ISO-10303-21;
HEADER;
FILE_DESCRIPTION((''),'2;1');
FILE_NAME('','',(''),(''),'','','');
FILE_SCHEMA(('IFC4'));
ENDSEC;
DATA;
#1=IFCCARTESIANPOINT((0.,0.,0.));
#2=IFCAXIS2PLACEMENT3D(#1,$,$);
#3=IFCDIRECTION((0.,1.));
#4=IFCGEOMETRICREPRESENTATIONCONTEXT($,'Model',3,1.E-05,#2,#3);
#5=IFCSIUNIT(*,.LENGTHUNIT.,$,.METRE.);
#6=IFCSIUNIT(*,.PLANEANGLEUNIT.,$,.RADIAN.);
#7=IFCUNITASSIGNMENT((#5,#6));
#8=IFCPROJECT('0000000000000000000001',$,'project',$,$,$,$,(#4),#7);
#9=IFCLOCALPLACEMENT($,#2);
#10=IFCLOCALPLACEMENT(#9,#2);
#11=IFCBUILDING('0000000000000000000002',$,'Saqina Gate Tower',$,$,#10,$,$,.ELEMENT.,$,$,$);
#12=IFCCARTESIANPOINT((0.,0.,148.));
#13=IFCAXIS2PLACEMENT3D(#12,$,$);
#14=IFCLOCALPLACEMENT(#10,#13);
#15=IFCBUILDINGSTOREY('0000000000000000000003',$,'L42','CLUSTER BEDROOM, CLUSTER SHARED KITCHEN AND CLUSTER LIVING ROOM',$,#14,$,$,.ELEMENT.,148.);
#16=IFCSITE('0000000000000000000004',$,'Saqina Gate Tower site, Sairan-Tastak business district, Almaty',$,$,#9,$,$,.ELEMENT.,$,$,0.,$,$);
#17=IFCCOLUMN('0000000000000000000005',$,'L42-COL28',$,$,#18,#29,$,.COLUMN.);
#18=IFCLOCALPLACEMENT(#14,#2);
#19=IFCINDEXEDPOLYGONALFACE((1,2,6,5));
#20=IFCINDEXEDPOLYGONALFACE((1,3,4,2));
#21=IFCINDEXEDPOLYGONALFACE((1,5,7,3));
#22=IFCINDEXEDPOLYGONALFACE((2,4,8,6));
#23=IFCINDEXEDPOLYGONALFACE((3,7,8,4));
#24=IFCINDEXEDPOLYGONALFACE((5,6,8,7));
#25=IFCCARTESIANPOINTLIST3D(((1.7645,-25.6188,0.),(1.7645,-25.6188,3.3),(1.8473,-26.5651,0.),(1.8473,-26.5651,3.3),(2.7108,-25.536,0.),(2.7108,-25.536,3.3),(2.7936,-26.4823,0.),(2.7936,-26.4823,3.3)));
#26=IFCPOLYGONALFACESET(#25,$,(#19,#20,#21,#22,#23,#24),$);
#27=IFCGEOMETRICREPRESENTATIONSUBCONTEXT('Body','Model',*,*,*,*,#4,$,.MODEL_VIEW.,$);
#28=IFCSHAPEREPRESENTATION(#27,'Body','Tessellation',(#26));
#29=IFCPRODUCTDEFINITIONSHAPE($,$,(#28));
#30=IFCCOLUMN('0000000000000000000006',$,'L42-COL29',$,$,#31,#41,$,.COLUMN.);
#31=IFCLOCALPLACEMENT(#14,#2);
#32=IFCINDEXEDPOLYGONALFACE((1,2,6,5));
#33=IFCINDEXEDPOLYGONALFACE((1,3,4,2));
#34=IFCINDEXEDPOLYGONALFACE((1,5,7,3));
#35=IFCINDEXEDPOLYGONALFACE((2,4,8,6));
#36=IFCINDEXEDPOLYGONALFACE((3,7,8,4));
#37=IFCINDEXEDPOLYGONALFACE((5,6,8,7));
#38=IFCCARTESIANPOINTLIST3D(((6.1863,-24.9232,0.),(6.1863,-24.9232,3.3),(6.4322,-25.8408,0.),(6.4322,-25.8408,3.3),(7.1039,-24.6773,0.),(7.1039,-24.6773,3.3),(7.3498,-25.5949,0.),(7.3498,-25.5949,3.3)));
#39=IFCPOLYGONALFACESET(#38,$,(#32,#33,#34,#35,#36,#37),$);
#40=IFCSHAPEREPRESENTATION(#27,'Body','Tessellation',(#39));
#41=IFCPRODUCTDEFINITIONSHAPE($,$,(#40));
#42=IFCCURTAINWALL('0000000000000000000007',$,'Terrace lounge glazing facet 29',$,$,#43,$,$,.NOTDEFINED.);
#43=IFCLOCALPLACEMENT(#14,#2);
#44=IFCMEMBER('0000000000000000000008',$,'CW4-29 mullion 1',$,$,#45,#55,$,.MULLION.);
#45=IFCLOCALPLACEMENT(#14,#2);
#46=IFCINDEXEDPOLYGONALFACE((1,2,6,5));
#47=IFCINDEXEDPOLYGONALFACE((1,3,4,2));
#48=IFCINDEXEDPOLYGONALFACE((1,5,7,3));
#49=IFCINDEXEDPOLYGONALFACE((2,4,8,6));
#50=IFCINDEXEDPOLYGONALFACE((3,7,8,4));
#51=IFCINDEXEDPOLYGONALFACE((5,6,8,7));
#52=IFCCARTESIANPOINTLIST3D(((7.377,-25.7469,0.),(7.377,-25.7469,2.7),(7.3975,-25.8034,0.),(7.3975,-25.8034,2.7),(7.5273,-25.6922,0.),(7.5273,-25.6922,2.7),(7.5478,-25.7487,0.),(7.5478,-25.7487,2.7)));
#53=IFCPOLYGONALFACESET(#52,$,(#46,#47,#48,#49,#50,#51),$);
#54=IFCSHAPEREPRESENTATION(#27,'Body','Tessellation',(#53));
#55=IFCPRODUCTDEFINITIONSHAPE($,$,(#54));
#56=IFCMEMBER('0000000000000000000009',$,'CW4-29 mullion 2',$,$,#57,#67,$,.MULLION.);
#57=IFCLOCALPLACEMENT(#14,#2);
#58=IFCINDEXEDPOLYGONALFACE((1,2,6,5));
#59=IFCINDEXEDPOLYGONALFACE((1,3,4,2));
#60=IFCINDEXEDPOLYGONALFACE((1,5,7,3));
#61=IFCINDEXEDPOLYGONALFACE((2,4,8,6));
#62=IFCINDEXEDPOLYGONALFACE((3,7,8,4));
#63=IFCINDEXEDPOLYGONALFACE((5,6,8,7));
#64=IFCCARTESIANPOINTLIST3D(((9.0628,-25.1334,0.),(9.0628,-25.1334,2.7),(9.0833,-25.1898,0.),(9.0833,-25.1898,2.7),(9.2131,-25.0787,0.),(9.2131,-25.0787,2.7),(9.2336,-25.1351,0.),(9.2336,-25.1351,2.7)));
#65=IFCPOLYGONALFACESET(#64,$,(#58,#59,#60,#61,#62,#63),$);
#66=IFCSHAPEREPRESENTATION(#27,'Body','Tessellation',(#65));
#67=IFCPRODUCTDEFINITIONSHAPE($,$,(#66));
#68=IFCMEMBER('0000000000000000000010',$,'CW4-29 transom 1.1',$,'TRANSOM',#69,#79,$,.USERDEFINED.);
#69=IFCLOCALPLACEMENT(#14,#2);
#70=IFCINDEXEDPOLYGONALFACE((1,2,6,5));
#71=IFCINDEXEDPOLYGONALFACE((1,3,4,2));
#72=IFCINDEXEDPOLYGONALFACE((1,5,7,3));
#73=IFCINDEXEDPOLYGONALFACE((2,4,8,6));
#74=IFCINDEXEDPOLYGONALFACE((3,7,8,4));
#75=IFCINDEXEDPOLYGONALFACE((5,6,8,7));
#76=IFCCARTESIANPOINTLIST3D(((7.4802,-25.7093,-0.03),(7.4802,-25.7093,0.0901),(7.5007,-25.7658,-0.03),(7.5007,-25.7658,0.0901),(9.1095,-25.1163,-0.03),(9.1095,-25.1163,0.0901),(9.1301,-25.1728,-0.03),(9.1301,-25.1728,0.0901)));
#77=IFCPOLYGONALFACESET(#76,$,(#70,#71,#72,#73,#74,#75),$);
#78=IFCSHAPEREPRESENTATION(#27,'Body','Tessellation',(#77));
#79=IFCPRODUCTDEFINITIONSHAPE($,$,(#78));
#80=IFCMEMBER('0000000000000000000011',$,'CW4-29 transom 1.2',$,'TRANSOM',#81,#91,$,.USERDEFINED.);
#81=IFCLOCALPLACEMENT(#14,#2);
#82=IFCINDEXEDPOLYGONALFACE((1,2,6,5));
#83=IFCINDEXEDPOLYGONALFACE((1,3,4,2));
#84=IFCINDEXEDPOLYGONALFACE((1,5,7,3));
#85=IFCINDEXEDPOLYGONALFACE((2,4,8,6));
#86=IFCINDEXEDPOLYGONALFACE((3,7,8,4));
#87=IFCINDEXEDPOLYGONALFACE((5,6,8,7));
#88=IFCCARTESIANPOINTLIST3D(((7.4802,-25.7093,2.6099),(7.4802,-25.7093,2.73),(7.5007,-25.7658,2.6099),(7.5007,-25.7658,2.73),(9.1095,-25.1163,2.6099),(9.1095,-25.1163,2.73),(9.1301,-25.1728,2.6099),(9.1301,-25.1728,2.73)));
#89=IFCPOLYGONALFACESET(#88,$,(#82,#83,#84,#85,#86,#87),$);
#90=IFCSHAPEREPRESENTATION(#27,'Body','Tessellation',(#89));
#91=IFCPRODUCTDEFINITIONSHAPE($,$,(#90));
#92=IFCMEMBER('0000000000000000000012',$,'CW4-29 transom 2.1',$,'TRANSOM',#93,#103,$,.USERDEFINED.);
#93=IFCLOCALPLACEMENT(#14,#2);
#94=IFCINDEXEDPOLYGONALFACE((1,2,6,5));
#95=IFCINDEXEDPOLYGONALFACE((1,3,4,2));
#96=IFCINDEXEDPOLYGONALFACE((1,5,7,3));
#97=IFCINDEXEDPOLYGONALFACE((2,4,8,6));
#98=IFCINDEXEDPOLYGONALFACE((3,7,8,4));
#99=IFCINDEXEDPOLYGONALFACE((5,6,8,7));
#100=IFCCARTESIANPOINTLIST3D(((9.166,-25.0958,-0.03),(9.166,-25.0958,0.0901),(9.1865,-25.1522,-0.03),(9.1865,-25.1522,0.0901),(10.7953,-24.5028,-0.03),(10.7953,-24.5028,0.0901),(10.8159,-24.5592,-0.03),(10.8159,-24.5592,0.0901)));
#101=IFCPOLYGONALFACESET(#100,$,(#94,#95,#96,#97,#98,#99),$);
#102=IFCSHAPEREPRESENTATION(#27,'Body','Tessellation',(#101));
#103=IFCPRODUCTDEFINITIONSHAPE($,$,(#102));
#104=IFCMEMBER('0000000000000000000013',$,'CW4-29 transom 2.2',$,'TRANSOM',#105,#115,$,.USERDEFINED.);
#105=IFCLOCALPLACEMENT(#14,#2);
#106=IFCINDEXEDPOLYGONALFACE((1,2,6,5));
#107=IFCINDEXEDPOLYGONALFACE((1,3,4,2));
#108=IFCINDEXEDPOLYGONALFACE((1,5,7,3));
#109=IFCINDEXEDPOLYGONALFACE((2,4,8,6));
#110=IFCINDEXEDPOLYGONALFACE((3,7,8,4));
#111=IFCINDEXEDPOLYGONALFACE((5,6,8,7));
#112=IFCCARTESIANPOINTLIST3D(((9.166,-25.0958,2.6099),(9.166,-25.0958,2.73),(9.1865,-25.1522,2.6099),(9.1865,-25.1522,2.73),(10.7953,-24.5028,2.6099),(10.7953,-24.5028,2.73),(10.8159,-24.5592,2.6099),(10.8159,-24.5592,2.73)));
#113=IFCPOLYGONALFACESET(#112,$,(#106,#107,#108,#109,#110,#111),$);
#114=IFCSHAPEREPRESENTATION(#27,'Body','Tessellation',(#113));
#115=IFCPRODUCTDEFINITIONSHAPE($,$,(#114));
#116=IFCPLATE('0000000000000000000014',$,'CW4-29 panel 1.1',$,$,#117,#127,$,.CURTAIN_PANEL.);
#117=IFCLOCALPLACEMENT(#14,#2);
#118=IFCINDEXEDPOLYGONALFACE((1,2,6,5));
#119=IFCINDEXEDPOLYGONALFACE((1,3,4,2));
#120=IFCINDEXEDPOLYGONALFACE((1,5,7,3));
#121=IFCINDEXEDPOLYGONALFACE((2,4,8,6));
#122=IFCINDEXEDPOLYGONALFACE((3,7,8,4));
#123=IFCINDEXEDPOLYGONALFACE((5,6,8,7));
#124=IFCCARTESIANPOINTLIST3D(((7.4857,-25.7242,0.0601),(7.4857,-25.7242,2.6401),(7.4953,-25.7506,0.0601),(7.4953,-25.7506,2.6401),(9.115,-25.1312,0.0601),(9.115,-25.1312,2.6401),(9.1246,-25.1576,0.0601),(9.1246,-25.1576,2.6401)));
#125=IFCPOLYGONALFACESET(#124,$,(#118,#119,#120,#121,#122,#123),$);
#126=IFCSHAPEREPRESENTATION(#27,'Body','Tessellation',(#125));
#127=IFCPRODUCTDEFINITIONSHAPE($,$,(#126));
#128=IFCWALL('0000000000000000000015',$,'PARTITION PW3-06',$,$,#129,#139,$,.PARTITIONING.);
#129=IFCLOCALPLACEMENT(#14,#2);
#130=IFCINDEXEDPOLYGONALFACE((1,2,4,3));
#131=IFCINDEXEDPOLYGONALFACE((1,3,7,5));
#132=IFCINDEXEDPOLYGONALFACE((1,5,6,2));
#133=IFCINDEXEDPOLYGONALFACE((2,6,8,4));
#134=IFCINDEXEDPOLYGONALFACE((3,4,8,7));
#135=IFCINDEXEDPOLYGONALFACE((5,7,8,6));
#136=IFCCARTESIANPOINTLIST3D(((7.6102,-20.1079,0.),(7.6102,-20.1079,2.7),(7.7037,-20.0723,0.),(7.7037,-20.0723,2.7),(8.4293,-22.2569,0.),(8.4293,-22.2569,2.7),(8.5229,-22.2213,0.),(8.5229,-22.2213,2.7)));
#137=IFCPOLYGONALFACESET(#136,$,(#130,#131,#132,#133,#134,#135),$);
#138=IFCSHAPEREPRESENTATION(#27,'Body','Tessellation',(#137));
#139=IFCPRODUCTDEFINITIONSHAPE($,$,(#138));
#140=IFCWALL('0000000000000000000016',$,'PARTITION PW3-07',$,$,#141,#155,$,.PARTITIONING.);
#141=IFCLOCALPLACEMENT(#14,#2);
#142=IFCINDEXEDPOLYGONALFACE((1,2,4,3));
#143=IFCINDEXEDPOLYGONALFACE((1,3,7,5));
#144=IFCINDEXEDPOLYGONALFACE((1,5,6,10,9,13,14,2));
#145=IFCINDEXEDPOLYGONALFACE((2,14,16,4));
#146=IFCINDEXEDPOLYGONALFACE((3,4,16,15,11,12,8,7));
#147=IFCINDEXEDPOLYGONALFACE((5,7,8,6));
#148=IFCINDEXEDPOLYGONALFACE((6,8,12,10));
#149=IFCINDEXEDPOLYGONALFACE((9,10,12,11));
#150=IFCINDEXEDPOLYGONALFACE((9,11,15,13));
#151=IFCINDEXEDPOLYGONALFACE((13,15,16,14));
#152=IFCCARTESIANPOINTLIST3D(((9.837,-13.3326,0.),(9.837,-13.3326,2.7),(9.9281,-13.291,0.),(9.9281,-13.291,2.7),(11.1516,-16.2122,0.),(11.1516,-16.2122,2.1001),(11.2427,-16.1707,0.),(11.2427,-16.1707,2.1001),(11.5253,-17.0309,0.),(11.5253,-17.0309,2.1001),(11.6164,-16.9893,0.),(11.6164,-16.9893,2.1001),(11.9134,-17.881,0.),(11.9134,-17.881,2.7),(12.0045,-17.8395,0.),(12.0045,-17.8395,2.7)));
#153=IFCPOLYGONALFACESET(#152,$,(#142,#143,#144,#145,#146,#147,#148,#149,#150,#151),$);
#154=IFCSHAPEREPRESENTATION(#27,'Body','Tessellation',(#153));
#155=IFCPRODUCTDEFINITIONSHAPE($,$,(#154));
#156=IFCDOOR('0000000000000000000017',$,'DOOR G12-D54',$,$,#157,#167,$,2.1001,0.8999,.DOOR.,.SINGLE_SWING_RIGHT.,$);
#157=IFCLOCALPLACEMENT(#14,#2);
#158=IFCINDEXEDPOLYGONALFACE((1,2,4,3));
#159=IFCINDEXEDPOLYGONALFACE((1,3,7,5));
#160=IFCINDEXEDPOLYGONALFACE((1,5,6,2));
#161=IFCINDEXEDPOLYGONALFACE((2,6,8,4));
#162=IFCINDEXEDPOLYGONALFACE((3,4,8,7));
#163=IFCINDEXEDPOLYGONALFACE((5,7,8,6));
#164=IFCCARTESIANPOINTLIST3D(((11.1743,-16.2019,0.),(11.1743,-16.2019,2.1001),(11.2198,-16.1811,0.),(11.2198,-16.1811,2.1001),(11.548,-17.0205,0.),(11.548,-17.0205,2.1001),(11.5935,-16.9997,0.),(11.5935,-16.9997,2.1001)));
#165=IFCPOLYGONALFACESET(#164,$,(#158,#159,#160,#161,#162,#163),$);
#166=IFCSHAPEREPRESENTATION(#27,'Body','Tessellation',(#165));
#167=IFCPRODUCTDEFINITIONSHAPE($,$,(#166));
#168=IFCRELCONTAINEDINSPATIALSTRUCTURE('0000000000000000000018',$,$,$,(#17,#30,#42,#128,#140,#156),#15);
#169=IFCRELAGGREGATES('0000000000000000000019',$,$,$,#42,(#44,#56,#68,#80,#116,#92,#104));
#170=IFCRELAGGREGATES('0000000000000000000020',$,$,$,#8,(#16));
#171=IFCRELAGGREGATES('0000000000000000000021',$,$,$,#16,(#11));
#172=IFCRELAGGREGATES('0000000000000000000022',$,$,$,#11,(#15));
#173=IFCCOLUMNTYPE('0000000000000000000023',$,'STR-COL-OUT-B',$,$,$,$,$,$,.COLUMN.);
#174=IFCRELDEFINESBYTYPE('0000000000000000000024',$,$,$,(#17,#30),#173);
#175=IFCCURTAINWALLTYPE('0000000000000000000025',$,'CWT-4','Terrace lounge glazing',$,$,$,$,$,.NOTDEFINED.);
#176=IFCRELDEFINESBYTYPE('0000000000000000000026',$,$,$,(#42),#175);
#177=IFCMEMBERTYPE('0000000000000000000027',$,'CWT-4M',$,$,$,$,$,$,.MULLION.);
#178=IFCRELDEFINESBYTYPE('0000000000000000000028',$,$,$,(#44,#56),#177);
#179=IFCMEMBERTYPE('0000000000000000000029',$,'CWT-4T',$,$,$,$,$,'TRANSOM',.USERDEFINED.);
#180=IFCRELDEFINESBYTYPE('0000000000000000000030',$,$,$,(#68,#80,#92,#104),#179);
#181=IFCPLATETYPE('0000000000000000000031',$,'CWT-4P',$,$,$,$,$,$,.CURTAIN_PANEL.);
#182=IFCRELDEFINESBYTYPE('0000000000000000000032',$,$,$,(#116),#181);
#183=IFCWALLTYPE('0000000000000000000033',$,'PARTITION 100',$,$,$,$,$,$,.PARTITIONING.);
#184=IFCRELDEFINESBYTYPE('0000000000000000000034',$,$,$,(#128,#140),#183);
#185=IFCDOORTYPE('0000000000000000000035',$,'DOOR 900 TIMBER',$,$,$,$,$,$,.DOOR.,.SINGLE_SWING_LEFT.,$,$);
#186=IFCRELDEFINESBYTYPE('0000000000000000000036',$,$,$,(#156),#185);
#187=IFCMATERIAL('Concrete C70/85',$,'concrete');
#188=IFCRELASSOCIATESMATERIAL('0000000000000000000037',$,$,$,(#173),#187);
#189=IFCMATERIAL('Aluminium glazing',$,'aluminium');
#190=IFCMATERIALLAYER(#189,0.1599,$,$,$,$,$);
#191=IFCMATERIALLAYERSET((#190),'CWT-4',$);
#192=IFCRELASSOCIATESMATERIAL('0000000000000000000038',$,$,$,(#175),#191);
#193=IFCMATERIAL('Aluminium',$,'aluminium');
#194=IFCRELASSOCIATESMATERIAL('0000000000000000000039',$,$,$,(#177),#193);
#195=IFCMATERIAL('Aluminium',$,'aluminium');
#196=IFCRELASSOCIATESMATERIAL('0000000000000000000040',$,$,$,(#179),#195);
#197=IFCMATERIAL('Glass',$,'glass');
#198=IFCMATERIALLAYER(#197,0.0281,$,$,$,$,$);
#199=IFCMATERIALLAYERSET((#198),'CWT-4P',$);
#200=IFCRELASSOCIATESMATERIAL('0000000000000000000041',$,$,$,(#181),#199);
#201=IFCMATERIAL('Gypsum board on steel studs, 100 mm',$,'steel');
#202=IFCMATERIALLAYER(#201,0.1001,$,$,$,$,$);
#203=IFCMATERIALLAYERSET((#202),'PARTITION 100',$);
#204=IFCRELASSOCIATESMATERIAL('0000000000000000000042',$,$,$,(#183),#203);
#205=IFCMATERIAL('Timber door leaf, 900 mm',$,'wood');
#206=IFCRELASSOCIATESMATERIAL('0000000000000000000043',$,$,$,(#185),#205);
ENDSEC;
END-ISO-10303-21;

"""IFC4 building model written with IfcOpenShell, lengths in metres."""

from ifc_helpers import new_model, si_unit, direction, frame, frame_2d, origin, origin_2d, place, context, subcontext, project, spatial, rectangle, extrude, material, layer, layer_set, material_profile, profile_set, type_object, element, fill, aggregate, save


model = new_model("IFC4")

# Units and contexts
model_context = context("Model", 3, precision=1e-05, world=origin(), true_north=direction((0.0, 1.0)))
body_context = subcontext(model_context, "Body", "Model", "MODEL_VIEW")
ifc_project = project(units=[si_unit("LENGTHUNIT", "METRE"), si_unit("PLANEANGLEUNIT", "RADIAN")], contexts=[model_context])

# Site, building, storey
site_placement = place(None, origin())
site = spatial("IfcSite", under=ifc_project, at=site_placement, Name="Saqina Gate Tower site, Sairan-Tastak business district, Almaty", CompositionType="ELEMENT", RefElevation=0.0)
building_placement = place(site_placement, origin())
building = spatial("IfcBuilding", under=site, at=building_placement, Name="Saqina Gate Tower", CompositionType="ELEMENT")
storey_placement = place(building_placement, frame((0.0, 0.0, 148.0)))
storey = spatial("IfcBuildingStorey", under=building, at=storey_placement, Name="L42", Description="CLUSTER BEDROOM, CLUSTER SHARED KITCHEN AND CLUSTER LIVING ROOM", CompositionType="ELEMENT", Elevation=148.0)

# Columns
ifc_material_1 = material(Name="Concrete C70/85", Category="concrete")
ifc_material_profile_1 = material_profile(ifc_material_1, rectangle(XDim=0.95, YDim=0.95, at=origin_2d()), Name="RC 950x950")
ifc_profile_set_1 = profile_set([ifc_material_profile_1], Name="Concrete C70/85")
column_type = type_object("IfcColumnType", Name="STR-COL-OUT-B", PredefinedType="COLUMN", material=ifc_profile_set_1)
for number, where, z_axis, x_axis, name in (
    (1, (2.2791, -26.0505, 0.0), (0.0, 0.0, 1.0), (0.087156, -0.996195, 0.0), "L42-COL28"),
    (2, (6.7681, -25.259, 0.0), (0.0, 0.0, 1.0), (0.258819, -0.965926, 0.0), "L42-COL29"),
):
    element("IfcColumn", number, at=place(storey_placement, frame(where, z_axis=z_axis, x_axis=x_axis)), inside=storey, type_object=column_type, Name=name, PredefinedType="COLUMN", context=body_context, shape_type="SweptSolid", body=[
        extrude(rectangle(XDim=0.95, YDim=0.95, at=origin_2d()), origin(), (0.0, 0.0, 1.0), 3.3),
    ])

# Curtain wall, members, plate
ifc_material_2 = material(Name="Aluminium glazing", Category="aluminium")
ifc_layer_1 = layer(ifc_material_2, 0.1599)
ifc_layer_set_1 = layer_set([ifc_layer_1], Name="CWT-4")
curtain_wall_type = type_object("IfcCurtainWallType", Name="CWT-4", Description="Terrace lounge glazing", PredefinedType="NOTDEFINED", material=ifc_layer_set_1)
curtain_wall_placement = place(storey_placement, origin())
curtain_wall = element("IfcCurtainWall", 3, at=curtain_wall_placement, inside=storey, type_object=curtain_wall_type, Name="Terrace lounge glazing facet 29", PredefinedType="NOTDEFINED")
ifc_material_3 = material(Name="Aluminium", Category="aluminium")
ifc_material_profile_2 = material_profile(ifc_material_3, rectangle(XDim=0.0601, YDim=0.1599, at=origin_2d()), Name="Aluminium 60x160")
ifc_profile_set_2 = profile_set([ifc_material_profile_2], Name="Aluminium")
member_type_1 = type_object("IfcMemberType", Name="CWT-4M", PredefinedType="MULLION", material=ifc_profile_set_2)
member_1_placement = place(storey_placement, frame((7.4624, -25.7478, 0.0), z_axis=(0.0, 0.0, 1.0), x_axis=(-0.342016, 0.939694, 0.0)))
member_1 = element("IfcMember", 4, at=member_1_placement, type_object=member_type_1, Name="CW4-29 mullion 1", PredefinedType="MULLION", context=body_context, shape_type="SweptSolid", body=[
    extrude(rectangle(XDim=0.0601, YDim=0.1599, at=origin_2d()), origin(), (0.0, 0.0, 1.0), 2.7),
])
member_2_placement = place(storey_placement, frame((9.1482, -25.1343, 0.0), z_axis=(0.0, 0.0, 1.0), x_axis=(-0.342016, 0.939694, 0.0)))
member_2 = element("IfcMember", 5, at=member_2_placement, type_object=member_type_1, Name="CW4-29 mullion 2", PredefinedType="MULLION", context=body_context, shape_type="SweptSolid", body=[
    extrude(rectangle(XDim=0.0601, YDim=0.1599, at=origin_2d()), origin(), (0.0, 0.0, 1.0), 2.7),
])
ifc_material_4 = material(Name="Aluminium", Category="aluminium")
ifc_material_profile_3 = material_profile(ifc_material_4, rectangle(XDim=0.0601, YDim=0.1201, at=origin_2d()), Name="Aluminium 60x120")
ifc_profile_set_3 = profile_set([ifc_material_profile_3], Name="Aluminium")
member_type_2 = type_object("IfcMemberType", Name="CWT-4T", ElementType="TRANSOM", PredefinedType="USERDEFINED", material=ifc_profile_set_3)
member_3_placement = place(storey_placement, frame((7.4905, -25.7375, 0.03), z_axis=(0.939699, 0.342003, 0.0), x_axis=(-0.342003, 0.939699, 0.0)))
member_3 = element("IfcMember", 6, at=member_3_placement, type_object=member_type_2, Name="CW4-29 transom 1.1", ObjectType="TRANSOM", PredefinedType="USERDEFINED", context=body_context, shape_type="SweptSolid", body=[
    extrude(rectangle(XDim=0.0601, YDim=0.1201, at=origin_2d()), origin(), (0.0, 0.0, 1.0), 1.7339),
])
member_4_placement = place(storey_placement, frame((7.4905, -25.7375, 2.6699), z_axis=(0.939699, 0.342003, 0.0), x_axis=(-0.342003, 0.939699, 0.0)))
member_4 = element("IfcMember", 7, at=member_4_placement, type_object=member_type_2, Name="CW4-29 transom 1.2", ObjectType="TRANSOM", PredefinedType="USERDEFINED", context=body_context, shape_type="SweptSolid", body=[
    extrude(rectangle(XDim=0.0601, YDim=0.1201, at=origin_2d()), origin(), (0.0, 0.0, 1.0), 1.7339),
])
member_5_placement = place(storey_placement, frame((9.1763, -25.124, 0.03), z_axis=(0.939699, 0.342003, 0.0), x_axis=(-0.342003, 0.939699, 0.0)))
member_5 = element("IfcMember", 8, at=member_5_placement, type_object=member_type_2, Name="CW4-29 transom 2.1", ObjectType="TRANSOM", PredefinedType="USERDEFINED", context=body_context, shape_type="SweptSolid", body=[
    extrude(rectangle(XDim=0.0601, YDim=0.1201, at=origin_2d()), origin(), (0.0, 0.0, 1.0), 1.7339),
])
member_6_placement = place(storey_placement, frame((9.1763, -25.124, 2.6699), z_axis=(0.939699, 0.342003, 0.0), x_axis=(-0.342003, 0.939699, 0.0)))
member_6 = element("IfcMember", 9, at=member_6_placement, type_object=member_type_2, Name="CW4-29 transom 2.2", ObjectType="TRANSOM", PredefinedType="USERDEFINED", context=body_context, shape_type="SweptSolid", body=[
    extrude(rectangle(XDim=0.0601, YDim=0.1201, at=origin_2d()), origin(), (0.0, 0.0, 1.0), 1.7339),
])
ifc_material_5 = material(Name="Glass", Category="glass")
ifc_layer_2 = layer(ifc_material_5, 0.0281)
ifc_layer_set_2 = layer_set([ifc_layer_2], Name="CWT-4P")
plate_type = type_object("IfcPlateType", Name="CWT-4P", PredefinedType="CURTAIN_PANEL", material=ifc_layer_set_2)
plate_placement = place(storey_placement, frame((8.3052, -25.4409, 0.0601), z_axis=(0.0, 0.0, 1.0), x_axis=(0.939694, 0.342016, 0.0)))
plate = element("IfcPlate", 10, at=plate_placement, type_object=plate_type, Name="CW4-29 panel 1.1", PredefinedType="CURTAIN_PANEL", context=body_context, shape_type="SweptSolid", body=[
    extrude(rectangle(XDim=1.7339, YDim=0.0281, at=origin_2d()), origin(), (0.0, 0.0, 1.0), 2.5801),
])
aggregate(curtain_wall, [member_1, member_2, member_3, member_4, plate, member_5, member_6])

# Wall
ifc_material_6 = material(Name="Gypsum board on steel studs, 100 mm", Category="steel")
ifc_layer_3 = layer(ifc_material_6, 0.1001)
ifc_layer_set_3 = layer_set([ifc_layer_3], Name="PARTITION 100")
wall_type_1 = type_object("IfcWallType", Name="PARTITION 100", PredefinedType="PARTITIONING", material=ifc_layer_set_3)
wall_1_placement = place(storey_placement, frame((7.657, -20.0901, 0.0), z_axis=(0.0, 0.0, 1.0), x_axis=(0.356167, -0.934422, 0.0)))
element("IfcWall", 11, at=wall_1_placement, inside=storey, type_object=wall_type_1, Name="PARTITION PW3-06", PredefinedType="PARTITIONING", context=body_context, shape_type="SweptSolid", body=[
    extrude(rectangle(XDim=2.2998, YDim=0.1001, at=frame_2d((1.1499, 0.0))), origin(), (0.0, 0.0, 1.0), 2.7),
])

# Wall, opening, door
wall_2_placement = place(storey_placement, frame((9.8826, -13.3118, 0.0), z_axis=(0.0, 0.0, 1.0), x_axis=(0.415274, -0.909696, 0.0)))
wall_2 = element("IfcWall", 12, at=wall_2_placement, inside=storey, type_object=wall_type_1, Name="PARTITION PW3-07", PredefinedType="PARTITIONING", context=body_context, shape_type="SweptSolid", body=[
    extrude(rectangle(XDim=5.0, YDim=0.1001, at=frame_2d((2.5, 0.0))), origin(), (0.0, 0.0, 1.0), 2.7),
])
opening_1_placement = place(wall_2_placement, frame((3.1655, 0.0, 0.0)))
opening_1 = element("IfcOpeningElement", 13, at=opening_1_placement, cuts=wall_2, PredefinedType="OPENING", context=body_context, shape_type="SweptSolid", body=[
    extrude(rectangle(XDim=0.8999, YDim=2.1001, at=frame_2d((0.45, 1.05))), frame((0.0, 0.062, 0.0), z_axis=(0.0, -1.0, 0.0), x_axis=(1.0, 0.0, 0.0)), (0.0, 0.0, 1.0), 0.124),
])
ifc_material_7 = material(Name="Timber door leaf, 900 mm", Category="wood")
door_type_1 = type_object("IfcDoorType", Name="DOOR 900 TIMBER", OperationType="SINGLE_SWING_LEFT", PredefinedType="DOOR", material=ifc_material_7)
door_1_placement = place(opening_1_placement, origin())
door_1 = element("IfcDoor", 14, at=door_1_placement, inside=storey, type_object=door_type_1, Name="DOOR G12-D54", OperationType="SINGLE_SWING_RIGHT", OverallHeight=2.1001, OverallWidth=0.8999, PredefinedType="DOOR", context=body_context, shape_type="SweptSolid", body=[
    extrude(rectangle(XDim=0.8999, YDim=2.1001, at=frame_2d((0.45, 1.05))), frame((0.0, 0.0249, 0.0), z_axis=(0.0, -1.0, 0.0), x_axis=(1.0, 0.0, 0.0)), (0.0, 0.0, 1.0), 0.05),
])
fill(opening_1, door_1)

save(model, "model.ifc")
